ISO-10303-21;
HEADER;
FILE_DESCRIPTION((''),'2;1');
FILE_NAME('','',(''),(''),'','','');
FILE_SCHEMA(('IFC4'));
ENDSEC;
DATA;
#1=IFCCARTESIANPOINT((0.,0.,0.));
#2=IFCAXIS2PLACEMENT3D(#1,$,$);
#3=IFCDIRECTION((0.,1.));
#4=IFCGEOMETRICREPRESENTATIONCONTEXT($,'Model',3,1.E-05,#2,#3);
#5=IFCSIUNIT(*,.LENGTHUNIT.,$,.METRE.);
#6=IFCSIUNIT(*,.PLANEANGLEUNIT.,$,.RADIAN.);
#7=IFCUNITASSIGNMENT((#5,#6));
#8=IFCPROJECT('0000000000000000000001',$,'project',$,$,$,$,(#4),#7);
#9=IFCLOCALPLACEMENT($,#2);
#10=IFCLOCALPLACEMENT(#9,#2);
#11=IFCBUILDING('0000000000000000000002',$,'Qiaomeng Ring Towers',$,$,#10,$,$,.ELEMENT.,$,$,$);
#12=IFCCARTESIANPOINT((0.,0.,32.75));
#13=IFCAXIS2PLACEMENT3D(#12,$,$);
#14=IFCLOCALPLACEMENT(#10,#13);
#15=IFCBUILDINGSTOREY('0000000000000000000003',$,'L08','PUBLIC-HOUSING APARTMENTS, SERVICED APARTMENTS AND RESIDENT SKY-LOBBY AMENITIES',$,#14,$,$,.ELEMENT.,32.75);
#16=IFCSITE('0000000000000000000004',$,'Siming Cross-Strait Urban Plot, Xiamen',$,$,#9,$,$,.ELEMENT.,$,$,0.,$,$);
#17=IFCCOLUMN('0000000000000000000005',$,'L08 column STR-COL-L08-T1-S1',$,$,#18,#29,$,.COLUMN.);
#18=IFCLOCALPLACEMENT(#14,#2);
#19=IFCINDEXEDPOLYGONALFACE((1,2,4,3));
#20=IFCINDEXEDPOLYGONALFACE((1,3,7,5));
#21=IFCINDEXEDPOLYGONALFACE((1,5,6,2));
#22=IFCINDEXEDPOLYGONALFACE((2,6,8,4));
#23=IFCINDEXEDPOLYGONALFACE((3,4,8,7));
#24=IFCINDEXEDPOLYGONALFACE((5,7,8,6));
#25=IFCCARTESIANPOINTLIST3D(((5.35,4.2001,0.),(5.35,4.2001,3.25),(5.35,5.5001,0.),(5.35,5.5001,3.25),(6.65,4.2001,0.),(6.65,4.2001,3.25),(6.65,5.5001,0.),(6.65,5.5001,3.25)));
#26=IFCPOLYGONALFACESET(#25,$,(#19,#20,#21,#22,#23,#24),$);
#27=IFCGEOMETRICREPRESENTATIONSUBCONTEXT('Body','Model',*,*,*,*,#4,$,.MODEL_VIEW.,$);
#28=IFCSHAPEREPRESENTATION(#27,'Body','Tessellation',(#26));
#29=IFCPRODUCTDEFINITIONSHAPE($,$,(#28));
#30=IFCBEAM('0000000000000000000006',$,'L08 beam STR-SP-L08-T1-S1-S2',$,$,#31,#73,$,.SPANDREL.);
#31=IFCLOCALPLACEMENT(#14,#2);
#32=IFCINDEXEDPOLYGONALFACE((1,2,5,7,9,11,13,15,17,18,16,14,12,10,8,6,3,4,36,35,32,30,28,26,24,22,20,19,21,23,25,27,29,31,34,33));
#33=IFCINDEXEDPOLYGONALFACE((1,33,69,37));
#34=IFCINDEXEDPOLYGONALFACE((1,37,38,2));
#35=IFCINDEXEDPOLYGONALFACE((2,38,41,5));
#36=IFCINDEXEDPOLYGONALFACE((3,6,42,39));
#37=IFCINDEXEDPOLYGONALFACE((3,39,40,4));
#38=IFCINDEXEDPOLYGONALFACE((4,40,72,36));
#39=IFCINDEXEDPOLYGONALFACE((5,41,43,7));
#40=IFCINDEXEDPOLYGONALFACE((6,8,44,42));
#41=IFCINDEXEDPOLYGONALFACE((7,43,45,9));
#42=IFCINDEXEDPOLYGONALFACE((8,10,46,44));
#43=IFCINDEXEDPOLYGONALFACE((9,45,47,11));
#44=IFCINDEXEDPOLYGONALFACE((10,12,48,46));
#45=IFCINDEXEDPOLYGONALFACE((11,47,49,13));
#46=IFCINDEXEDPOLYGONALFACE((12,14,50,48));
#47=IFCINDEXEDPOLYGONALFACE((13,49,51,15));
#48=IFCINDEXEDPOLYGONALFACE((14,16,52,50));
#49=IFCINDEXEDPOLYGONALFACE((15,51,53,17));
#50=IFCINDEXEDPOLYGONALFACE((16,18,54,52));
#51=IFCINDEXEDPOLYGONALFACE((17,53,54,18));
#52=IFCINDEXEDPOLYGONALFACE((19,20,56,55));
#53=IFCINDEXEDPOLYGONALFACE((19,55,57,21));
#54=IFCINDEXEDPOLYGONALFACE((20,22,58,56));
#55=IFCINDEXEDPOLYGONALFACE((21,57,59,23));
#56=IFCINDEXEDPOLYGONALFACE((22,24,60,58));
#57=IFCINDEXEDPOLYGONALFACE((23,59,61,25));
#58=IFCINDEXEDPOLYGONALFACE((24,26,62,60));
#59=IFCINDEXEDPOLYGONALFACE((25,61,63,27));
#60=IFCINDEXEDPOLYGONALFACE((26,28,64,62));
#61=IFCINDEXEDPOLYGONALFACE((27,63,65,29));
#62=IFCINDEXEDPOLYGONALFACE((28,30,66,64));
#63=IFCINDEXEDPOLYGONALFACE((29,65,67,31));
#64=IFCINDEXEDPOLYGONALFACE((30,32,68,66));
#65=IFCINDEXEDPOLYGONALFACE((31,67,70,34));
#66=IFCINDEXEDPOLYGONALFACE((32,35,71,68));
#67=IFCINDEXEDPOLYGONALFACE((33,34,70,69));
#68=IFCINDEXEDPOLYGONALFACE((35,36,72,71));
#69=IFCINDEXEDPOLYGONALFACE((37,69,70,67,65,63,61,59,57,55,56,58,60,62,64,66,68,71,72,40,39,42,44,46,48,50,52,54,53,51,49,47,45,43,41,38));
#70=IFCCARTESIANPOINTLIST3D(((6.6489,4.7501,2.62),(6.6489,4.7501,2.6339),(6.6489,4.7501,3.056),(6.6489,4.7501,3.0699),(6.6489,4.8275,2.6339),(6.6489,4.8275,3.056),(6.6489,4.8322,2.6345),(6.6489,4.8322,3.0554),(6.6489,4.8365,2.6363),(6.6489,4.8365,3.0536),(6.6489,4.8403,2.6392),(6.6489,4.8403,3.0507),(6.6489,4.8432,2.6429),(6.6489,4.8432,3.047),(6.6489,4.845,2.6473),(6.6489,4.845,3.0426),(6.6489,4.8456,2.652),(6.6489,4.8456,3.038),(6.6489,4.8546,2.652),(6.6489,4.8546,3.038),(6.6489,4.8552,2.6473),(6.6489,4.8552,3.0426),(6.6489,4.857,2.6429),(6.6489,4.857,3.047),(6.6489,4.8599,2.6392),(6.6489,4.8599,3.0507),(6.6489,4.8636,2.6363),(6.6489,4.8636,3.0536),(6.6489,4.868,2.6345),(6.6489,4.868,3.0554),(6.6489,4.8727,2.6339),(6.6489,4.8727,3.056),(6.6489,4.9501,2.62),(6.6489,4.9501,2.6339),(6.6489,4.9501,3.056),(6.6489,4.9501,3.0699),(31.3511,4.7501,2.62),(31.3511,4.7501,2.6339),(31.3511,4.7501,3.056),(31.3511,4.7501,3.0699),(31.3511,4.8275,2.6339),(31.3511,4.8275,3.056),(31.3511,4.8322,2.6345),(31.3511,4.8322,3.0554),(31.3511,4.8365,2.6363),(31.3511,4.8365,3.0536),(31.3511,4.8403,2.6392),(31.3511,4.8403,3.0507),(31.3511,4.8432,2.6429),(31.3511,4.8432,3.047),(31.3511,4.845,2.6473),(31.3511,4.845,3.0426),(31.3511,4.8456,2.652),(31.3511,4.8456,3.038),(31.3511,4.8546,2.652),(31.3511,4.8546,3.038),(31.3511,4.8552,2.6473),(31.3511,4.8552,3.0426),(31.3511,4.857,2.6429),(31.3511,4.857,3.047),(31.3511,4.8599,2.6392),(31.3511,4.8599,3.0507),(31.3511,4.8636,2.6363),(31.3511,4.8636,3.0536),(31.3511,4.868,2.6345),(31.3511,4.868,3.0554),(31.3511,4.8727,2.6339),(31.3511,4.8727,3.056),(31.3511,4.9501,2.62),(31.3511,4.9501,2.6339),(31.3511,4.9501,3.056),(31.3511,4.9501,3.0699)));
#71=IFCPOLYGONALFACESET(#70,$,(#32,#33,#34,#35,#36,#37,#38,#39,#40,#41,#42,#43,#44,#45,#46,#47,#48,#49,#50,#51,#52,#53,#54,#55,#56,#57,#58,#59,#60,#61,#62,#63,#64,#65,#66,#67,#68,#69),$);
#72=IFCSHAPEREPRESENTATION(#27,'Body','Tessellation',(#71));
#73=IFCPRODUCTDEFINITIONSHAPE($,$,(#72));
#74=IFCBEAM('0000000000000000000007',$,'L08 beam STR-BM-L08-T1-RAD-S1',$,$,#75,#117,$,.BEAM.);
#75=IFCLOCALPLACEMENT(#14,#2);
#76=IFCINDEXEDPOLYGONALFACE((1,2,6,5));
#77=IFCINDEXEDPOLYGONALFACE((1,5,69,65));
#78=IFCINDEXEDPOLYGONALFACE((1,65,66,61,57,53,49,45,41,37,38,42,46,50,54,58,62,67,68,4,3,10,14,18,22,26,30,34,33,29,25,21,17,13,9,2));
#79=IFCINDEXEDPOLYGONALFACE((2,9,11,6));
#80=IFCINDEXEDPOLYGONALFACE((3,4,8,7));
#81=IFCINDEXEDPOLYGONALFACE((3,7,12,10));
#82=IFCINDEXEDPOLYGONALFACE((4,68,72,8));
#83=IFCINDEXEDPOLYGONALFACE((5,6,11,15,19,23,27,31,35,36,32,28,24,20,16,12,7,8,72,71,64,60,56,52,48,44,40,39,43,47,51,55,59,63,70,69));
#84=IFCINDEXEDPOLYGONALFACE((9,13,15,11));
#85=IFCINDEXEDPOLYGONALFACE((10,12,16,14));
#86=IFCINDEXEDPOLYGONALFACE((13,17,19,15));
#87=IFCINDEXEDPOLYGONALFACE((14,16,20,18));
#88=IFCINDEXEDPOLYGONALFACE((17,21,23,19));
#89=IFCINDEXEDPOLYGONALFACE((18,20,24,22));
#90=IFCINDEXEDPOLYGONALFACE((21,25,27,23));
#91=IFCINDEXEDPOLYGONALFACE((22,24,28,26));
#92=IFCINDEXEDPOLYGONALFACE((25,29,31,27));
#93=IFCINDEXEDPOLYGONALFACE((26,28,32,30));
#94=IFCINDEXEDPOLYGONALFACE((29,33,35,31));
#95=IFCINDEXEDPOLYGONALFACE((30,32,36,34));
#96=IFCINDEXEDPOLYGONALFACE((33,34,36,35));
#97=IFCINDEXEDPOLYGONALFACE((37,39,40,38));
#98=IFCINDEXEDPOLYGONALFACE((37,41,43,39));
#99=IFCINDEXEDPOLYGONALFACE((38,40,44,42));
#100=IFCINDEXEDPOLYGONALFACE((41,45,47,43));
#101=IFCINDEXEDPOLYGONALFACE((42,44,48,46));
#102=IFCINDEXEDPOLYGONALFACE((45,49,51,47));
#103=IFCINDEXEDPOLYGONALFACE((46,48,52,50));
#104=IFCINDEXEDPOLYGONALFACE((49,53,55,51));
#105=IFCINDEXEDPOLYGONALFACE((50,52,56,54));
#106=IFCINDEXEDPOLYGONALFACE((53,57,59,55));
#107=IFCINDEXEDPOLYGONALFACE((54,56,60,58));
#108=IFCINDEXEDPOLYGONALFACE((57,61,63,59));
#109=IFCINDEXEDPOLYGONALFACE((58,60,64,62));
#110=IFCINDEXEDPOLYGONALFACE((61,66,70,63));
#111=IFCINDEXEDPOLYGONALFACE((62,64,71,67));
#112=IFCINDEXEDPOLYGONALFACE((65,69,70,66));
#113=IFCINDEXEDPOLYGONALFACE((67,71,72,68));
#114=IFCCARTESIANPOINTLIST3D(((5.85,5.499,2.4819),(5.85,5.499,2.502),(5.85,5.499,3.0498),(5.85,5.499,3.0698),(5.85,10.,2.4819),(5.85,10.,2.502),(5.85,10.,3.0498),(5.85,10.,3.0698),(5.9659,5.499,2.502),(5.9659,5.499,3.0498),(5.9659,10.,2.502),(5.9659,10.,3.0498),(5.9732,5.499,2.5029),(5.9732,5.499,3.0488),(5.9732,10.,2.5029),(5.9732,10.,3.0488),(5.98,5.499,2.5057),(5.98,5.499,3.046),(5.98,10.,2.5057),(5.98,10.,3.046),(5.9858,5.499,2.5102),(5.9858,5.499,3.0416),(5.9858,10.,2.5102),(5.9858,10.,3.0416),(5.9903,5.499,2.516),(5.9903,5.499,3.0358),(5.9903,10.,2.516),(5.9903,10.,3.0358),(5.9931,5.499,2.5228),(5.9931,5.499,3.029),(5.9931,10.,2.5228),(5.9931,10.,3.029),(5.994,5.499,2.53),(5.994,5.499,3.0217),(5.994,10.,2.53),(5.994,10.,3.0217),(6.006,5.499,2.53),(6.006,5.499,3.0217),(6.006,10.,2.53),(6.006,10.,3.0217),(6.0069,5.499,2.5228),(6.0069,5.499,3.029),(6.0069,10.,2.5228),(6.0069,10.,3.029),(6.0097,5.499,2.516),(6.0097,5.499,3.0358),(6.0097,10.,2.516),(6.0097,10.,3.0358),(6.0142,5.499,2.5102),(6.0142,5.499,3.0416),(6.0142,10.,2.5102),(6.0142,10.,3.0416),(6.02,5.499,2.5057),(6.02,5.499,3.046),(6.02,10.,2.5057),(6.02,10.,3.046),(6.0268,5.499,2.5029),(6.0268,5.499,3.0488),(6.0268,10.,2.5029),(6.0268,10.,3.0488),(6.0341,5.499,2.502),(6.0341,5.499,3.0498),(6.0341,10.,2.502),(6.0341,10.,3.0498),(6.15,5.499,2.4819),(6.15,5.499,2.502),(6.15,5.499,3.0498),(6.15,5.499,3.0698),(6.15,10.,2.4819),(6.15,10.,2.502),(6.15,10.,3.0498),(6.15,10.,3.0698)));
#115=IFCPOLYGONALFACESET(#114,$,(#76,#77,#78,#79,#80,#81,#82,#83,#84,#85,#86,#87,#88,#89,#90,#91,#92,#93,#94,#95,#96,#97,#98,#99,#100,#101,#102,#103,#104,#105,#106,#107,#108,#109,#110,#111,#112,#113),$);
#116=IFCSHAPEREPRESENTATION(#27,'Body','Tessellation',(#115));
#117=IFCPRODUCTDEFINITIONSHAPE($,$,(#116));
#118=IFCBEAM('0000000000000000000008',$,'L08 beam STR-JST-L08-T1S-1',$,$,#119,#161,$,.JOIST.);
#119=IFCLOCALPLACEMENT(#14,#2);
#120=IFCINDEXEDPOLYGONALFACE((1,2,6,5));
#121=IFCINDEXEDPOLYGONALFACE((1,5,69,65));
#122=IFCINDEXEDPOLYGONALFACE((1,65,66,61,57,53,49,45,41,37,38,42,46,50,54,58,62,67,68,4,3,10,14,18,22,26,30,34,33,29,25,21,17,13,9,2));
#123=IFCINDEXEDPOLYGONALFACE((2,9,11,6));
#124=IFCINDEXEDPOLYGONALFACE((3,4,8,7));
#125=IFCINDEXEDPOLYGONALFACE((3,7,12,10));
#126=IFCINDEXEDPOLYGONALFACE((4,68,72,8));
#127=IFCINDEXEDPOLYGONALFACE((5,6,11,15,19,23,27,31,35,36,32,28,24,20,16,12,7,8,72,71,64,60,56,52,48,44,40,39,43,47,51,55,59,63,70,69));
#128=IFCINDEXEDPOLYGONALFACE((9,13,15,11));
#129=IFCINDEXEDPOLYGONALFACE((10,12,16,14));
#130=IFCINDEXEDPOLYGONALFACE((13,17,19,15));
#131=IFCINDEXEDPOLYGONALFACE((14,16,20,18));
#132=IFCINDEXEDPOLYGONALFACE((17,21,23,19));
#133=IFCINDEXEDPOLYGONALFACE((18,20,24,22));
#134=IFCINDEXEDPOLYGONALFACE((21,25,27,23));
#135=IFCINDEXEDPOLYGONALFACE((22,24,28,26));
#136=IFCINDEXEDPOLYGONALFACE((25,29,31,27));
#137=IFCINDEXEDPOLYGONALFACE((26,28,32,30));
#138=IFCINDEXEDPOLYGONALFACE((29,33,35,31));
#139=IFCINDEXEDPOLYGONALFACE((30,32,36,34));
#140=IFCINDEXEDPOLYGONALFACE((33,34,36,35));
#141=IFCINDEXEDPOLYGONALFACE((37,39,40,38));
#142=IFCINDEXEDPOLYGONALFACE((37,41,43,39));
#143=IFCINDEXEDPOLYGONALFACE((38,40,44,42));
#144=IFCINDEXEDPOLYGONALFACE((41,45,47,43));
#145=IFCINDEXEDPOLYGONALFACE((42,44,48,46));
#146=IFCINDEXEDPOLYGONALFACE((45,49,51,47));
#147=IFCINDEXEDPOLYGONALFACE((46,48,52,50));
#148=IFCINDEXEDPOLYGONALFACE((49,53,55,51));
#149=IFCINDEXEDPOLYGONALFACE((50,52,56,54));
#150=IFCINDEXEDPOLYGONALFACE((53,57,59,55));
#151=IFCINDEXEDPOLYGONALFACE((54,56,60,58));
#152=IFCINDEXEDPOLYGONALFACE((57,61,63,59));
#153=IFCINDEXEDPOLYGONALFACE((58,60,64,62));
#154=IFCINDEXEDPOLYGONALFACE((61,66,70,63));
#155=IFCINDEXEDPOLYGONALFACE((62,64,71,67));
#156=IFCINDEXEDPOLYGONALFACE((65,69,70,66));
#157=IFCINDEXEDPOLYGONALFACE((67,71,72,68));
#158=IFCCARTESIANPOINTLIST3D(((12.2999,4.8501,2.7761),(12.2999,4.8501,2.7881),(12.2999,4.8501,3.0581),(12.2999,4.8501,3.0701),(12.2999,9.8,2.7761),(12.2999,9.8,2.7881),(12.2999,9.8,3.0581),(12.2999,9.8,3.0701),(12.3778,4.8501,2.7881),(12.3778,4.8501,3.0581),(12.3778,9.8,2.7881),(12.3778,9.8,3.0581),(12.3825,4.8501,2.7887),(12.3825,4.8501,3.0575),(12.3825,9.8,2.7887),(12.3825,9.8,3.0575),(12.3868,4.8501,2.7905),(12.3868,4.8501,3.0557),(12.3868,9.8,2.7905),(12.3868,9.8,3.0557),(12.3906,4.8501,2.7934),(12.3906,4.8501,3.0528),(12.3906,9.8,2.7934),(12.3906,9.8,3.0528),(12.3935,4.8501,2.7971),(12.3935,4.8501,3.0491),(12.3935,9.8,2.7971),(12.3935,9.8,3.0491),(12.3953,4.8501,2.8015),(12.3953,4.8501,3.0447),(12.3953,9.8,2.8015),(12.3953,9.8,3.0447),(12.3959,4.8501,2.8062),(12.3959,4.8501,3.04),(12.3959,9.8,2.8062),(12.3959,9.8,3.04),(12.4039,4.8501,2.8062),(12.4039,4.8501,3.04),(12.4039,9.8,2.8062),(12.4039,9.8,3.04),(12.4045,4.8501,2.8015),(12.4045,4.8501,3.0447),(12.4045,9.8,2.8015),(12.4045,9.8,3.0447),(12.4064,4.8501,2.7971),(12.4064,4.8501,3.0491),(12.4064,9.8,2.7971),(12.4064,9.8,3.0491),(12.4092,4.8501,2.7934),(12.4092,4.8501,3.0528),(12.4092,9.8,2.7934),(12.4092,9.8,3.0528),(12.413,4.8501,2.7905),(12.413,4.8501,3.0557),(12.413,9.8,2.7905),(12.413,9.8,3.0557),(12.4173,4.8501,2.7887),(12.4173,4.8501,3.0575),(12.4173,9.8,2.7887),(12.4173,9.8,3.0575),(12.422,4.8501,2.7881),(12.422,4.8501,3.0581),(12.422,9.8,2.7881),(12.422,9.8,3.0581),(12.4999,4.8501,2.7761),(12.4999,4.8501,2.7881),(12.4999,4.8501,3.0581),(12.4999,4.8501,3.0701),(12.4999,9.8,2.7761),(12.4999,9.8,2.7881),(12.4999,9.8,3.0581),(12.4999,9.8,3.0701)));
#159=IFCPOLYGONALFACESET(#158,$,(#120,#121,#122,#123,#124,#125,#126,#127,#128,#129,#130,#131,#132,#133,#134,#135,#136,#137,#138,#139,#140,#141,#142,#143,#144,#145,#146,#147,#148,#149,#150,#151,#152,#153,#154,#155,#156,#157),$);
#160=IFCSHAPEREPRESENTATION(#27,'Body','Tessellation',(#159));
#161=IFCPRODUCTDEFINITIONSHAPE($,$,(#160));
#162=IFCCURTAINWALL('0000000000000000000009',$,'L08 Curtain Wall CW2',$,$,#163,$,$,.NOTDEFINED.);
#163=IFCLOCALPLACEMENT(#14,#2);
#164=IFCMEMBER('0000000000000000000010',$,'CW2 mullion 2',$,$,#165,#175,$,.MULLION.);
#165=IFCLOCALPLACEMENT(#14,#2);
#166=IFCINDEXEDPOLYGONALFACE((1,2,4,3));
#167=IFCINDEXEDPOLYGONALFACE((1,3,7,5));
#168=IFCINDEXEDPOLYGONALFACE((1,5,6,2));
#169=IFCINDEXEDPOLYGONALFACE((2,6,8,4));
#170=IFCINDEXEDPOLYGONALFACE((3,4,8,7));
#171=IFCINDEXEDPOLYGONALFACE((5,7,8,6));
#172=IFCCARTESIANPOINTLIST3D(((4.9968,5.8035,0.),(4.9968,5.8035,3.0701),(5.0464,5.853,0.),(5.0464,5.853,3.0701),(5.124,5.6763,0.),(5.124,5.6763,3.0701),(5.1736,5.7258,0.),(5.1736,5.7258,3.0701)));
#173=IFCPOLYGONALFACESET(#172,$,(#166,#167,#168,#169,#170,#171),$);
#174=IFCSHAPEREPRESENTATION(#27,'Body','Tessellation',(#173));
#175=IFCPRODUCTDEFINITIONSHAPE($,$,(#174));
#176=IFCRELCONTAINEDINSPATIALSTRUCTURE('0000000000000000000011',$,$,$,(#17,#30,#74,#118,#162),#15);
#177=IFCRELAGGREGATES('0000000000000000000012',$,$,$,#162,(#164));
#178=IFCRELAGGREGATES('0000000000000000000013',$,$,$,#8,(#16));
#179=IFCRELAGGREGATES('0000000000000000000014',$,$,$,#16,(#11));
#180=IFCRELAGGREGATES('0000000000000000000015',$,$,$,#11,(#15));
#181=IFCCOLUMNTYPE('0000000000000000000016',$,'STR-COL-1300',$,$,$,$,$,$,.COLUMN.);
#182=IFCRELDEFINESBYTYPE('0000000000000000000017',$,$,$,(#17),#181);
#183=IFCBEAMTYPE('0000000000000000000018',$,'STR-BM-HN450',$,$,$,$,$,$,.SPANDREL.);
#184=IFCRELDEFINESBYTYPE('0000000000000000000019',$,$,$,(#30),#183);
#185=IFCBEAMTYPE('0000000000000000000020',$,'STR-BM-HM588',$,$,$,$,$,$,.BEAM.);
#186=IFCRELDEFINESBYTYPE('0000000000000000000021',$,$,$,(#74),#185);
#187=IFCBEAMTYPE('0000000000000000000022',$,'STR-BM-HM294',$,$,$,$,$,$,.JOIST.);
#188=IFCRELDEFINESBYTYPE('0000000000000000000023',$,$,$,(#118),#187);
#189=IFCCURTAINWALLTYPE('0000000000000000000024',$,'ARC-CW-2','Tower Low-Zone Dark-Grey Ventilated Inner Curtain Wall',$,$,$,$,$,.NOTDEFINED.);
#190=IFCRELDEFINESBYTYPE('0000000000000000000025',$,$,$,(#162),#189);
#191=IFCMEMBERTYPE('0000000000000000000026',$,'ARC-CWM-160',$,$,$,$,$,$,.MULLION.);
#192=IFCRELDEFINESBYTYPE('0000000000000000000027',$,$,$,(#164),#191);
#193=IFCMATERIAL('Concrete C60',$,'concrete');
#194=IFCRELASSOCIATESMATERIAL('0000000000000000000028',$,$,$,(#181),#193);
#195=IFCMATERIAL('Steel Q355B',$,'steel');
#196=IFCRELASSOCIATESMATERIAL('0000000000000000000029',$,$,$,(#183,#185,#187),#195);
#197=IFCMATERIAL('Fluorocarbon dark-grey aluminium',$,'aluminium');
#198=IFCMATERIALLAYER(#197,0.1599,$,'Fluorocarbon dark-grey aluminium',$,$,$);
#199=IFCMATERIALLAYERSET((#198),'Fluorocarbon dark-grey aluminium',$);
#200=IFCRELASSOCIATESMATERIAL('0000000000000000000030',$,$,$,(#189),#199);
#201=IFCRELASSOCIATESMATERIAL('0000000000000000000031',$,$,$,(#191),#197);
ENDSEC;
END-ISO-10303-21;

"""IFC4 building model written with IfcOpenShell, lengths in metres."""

from ifc_helpers import new_model, si_unit, direction, frame, origin, origin_2d, place, context, subcontext, project, spatial, rectangle, i_section, extrude, source, transform, mapped, material, layer, layer_set, material_profile, profile_set, type_object, element, aggregate, save


model = new_model("IFC4")

# Units and contexts
model_context = context("Model", 3, precision=1e-05, world=origin(), true_north=direction((0.0, 1.0)))
body_context = subcontext(model_context, "Body", "Model", "MODEL_VIEW")
ifc_project = project(units=[si_unit("LENGTHUNIT", "METRE"), si_unit("PLANEANGLEUNIT", "RADIAN")], contexts=[model_context])

# Site, building, storey
site_placement = place(None, origin())
site = spatial("IfcSite", under=ifc_project, at=site_placement, Name="Siming Cross-Strait Urban Plot, Xiamen", CompositionType="ELEMENT", RefElevation=0.0)
building_placement = place(site_placement, origin())
building = spatial("IfcBuilding", under=site, at=building_placement, Name="Qiaomeng Ring Towers", CompositionType="ELEMENT")
storey_placement = place(building_placement, frame((0.0, 0.0, 32.75)))
storey = spatial("IfcBuildingStorey", under=building, at=storey_placement, Name="L08", Description="PUBLIC-HOUSING APARTMENTS, SERVICED APARTMENTS AND RESIDENT SKY-LOBBY AMENITIES", CompositionType="ELEMENT", Elevation=32.75)

# Column
ifc_material_1 = material(Name="Concrete C60", Category="concrete")
ifc_material_profile_1 = material_profile(ifc_material_1, rectangle(XDim=1.3, YDim=1.3, at=origin_2d()), Name="RC COL 1300x1300")
ifc_profile_set_1 = profile_set([ifc_material_profile_1], Name="Concrete C60")
column_type = type_object("IfcColumnType", Name="STR-COL-1300", PredefinedType="COLUMN", material=ifc_profile_set_1)
shared_shape_1 = source(origin(), body_context, "Body", "SweptSolid", [
    extrude(rectangle(XDim=1.3, YDim=1.3, at=origin_2d()), origin(), (0.0, 0.0, 1.0), 3.25),
])
column_placement = place(storey_placement, frame((6.0, 4.8501, 0.0), z_axis=(0.0, 0.0, 1.0), x_axis=(1.0, 0.0, 0.0)))
element("IfcColumn", 1, at=column_placement, inside=storey, type_object=column_type, Name="L08 column STR-COL-L08-T1-S1", PredefinedType="COLUMN", context=body_context, shape_type="MappedRepresentation", body=[
    mapped(shared_shape_1, transform((0.0, 0.0, 0.0), x_axis=(1.0, 0.0, 0.0), y_axis=(0.0, 1.0, 0.0), z_axis=(0.0, 0.0, 1.0), scale=1.0)),
])

# Beams
ifc_material_2 = material(Name="Steel Q355B", Category="steel")
ifc_material_profile_2 = material_profile(ifc_material_2, i_section(OverallWidth=0.2, OverallDepth=0.45, WebThickness=0.009, FlangeThickness=0.0139, FilletRadius=0.0181, at=origin_2d()), Name="HN 450x200x9x14")
ifc_profile_set_2 = profile_set([ifc_material_profile_2], Name="Steel Q355B")
beam_type_1 = type_object("IfcBeamType", Name="STR-BM-HN450", PredefinedType="SPANDREL", material=ifc_profile_set_2)
shared_shape_2 = source(origin(), body_context, "Body", "SweptSolid", [
    extrude(i_section(OverallWidth=0.2, OverallDepth=0.45, WebThickness=0.009, FlangeThickness=0.0139, FilletRadius=0.0181, at=origin_2d()), origin(), (0.0, 0.0, 1.0), 24.7021),
])
beam_1_placement = place(storey_placement, frame((6.6489, 4.8501, 2.845), z_axis=(1.0, 0.0, 0.0), x_axis=(0.0, 1.0, 0.0)))
element("IfcBeam", 2, at=beam_1_placement, inside=storey, type_object=beam_type_1, Name="L08 beam STR-SP-L08-T1-S1-S2", PredefinedType="SPANDREL", context=body_context, shape_type="MappedRepresentation", body=[
    mapped(shared_shape_2, transform((0.0, 0.0, 0.0), x_axis=(1.0, 0.0, 0.0), y_axis=(0.0, 1.0, 0.0), z_axis=(0.0, 0.0, 1.0), scale=1.0)),
])
ifc_material_profile_3 = material_profile(ifc_material_2, i_section(OverallWidth=0.3, OverallDepth=0.5879, WebThickness=0.012, FlangeThickness=0.02, FilletRadius=0.0281, at=origin_2d()), Name="HM 588x300x12x20")
ifc_profile_set_3 = profile_set([ifc_material_profile_3], Name="Steel Q355B")
beam_type_2 = type_object("IfcBeamType", Name="STR-BM-HM588", PredefinedType="BEAM", material=ifc_profile_set_3)
shared_shape_3 = source(origin(), body_context, "Body", "SweptSolid", [
    extrude(i_section(OverallWidth=0.3, OverallDepth=0.5879, WebThickness=0.012, FlangeThickness=0.02, FilletRadius=0.0281, at=origin_2d()), origin(), (0.0, 0.0, 1.0), 4.501),
])
beam_2_placement = place(storey_placement, frame((6.0, 5.499, 2.7759), z_axis=(0.0, 1.0, 0.0), x_axis=(-1.0, 0.0, 0.0)))
element("IfcBeam", 3, at=beam_2_placement, inside=storey, type_object=beam_type_2, Name="L08 beam STR-BM-L08-T1-RAD-S1", PredefinedType="BEAM", context=body_context, shape_type="MappedRepresentation", body=[
    mapped(shared_shape_3, transform((0.0, 0.0, 0.0), x_axis=(1.0, 0.0, 0.0), y_axis=(0.0, 1.0, 0.0), z_axis=(0.0, 0.0, 1.0), scale=1.0)),
])
ifc_material_profile_4 = material_profile(ifc_material_2, i_section(OverallWidth=0.2, OverallDepth=0.2939, WebThickness=0.0081, FlangeThickness=0.012, FilletRadius=0.0181, at=origin_2d()), Name="HM 294x200x8x12")
ifc_profile_set_4 = profile_set([ifc_material_profile_4], Name="Steel Q355B")
beam_type_3 = type_object("IfcBeamType", Name="STR-BM-HM294", PredefinedType="JOIST", material=ifc_profile_set_4)
shared_shape_4 = source(origin(), body_context, "Body", "SweptSolid", [
    extrude(i_section(OverallWidth=0.2, OverallDepth=0.2939, WebThickness=0.0081, FlangeThickness=0.012, FilletRadius=0.0181, at=origin_2d()), origin(), (0.0, 0.0, 1.0), 4.95),
])
beam_3_placement = place(storey_placement, frame((12.3999, 4.8501, 2.9231), z_axis=(0.0, 1.0, 0.0), x_axis=(-1.0, 0.0, 0.0)))
element("IfcBeam", 4, at=beam_3_placement, inside=storey, type_object=beam_type_3, Name="L08 beam STR-JST-L08-T1S-1", PredefinedType="JOIST", context=body_context, shape_type="MappedRepresentation", body=[
    mapped(shared_shape_4, transform((0.0, 0.0, 0.0), x_axis=(1.0, 0.0, 0.0), y_axis=(0.0, 1.0, 0.0), z_axis=(0.0, 0.0, 1.0), scale=1.0)),
])

# Curtain wall, member
ifc_material_3 = material(Name="Fluorocarbon dark-grey aluminium", Category="aluminium")
ifc_layer_1 = layer(ifc_material_3, 0.1599, Name="Fluorocarbon dark-grey aluminium")
ifc_layer_set_1 = layer_set([ifc_layer_1], Name="Fluorocarbon dark-grey aluminium")
curtain_wall_type = type_object("IfcCurtainWallType", Name="ARC-CW-2", Description="Tower Low-Zone Dark-Grey Ventilated Inner Curtain Wall", PredefinedType="NOTDEFINED", material=ifc_layer_set_1)
curtain_wall_placement = place(storey_placement, origin())
curtain_wall = element("IfcCurtainWall", 5, at=curtain_wall_placement, inside=storey, type_object=curtain_wall_type, Name="L08 Curtain Wall CW2", PredefinedType="NOTDEFINED")
ifc_material_profile_5 = material_profile(ifc_material_3, rectangle(XDim=0.0701, YDim=0.1799, at=origin_2d()), Name="ALU MULL 70x180")
ifc_profile_set_5 = profile_set([ifc_material_profile_5], Name="Fluorocarbon dark-grey aluminium")
member_type_1 = type_object("IfcMemberType", Name="ARC-CWM-160", PredefinedType="MULLION", material=ifc_profile_set_5)
shared_shape_5 = source(origin(), body_context, "Body", "SweptSolid", [
    extrude(rectangle(XDim=0.0701, YDim=0.1799, at=origin_2d()), origin(), (0.0, 0.0, 1.0), 3.0701),
])
member_1_placement = place(storey_placement, frame((5.0852, 5.7646, 0.0), z_axis=(0.0, 0.0, 1.0), x_axis=(0.707107, 0.707107, 0.0)))
member_1 = element("IfcMember", 6, at=member_1_placement, type_object=member_type_1, Name="CW2 mullion 2", PredefinedType="MULLION", context=body_context, shape_type="MappedRepresentation", body=[
    mapped(shared_shape_5, transform((0.0, 0.0, 0.0), x_axis=(1.0, 0.0, 0.0), y_axis=(0.0, 1.0, 0.0), z_axis=(0.0, 0.0, 1.0), scale=1.0)),
])
aggregate(curtain_wall, [member_1])

save(model, "model.ifc")
